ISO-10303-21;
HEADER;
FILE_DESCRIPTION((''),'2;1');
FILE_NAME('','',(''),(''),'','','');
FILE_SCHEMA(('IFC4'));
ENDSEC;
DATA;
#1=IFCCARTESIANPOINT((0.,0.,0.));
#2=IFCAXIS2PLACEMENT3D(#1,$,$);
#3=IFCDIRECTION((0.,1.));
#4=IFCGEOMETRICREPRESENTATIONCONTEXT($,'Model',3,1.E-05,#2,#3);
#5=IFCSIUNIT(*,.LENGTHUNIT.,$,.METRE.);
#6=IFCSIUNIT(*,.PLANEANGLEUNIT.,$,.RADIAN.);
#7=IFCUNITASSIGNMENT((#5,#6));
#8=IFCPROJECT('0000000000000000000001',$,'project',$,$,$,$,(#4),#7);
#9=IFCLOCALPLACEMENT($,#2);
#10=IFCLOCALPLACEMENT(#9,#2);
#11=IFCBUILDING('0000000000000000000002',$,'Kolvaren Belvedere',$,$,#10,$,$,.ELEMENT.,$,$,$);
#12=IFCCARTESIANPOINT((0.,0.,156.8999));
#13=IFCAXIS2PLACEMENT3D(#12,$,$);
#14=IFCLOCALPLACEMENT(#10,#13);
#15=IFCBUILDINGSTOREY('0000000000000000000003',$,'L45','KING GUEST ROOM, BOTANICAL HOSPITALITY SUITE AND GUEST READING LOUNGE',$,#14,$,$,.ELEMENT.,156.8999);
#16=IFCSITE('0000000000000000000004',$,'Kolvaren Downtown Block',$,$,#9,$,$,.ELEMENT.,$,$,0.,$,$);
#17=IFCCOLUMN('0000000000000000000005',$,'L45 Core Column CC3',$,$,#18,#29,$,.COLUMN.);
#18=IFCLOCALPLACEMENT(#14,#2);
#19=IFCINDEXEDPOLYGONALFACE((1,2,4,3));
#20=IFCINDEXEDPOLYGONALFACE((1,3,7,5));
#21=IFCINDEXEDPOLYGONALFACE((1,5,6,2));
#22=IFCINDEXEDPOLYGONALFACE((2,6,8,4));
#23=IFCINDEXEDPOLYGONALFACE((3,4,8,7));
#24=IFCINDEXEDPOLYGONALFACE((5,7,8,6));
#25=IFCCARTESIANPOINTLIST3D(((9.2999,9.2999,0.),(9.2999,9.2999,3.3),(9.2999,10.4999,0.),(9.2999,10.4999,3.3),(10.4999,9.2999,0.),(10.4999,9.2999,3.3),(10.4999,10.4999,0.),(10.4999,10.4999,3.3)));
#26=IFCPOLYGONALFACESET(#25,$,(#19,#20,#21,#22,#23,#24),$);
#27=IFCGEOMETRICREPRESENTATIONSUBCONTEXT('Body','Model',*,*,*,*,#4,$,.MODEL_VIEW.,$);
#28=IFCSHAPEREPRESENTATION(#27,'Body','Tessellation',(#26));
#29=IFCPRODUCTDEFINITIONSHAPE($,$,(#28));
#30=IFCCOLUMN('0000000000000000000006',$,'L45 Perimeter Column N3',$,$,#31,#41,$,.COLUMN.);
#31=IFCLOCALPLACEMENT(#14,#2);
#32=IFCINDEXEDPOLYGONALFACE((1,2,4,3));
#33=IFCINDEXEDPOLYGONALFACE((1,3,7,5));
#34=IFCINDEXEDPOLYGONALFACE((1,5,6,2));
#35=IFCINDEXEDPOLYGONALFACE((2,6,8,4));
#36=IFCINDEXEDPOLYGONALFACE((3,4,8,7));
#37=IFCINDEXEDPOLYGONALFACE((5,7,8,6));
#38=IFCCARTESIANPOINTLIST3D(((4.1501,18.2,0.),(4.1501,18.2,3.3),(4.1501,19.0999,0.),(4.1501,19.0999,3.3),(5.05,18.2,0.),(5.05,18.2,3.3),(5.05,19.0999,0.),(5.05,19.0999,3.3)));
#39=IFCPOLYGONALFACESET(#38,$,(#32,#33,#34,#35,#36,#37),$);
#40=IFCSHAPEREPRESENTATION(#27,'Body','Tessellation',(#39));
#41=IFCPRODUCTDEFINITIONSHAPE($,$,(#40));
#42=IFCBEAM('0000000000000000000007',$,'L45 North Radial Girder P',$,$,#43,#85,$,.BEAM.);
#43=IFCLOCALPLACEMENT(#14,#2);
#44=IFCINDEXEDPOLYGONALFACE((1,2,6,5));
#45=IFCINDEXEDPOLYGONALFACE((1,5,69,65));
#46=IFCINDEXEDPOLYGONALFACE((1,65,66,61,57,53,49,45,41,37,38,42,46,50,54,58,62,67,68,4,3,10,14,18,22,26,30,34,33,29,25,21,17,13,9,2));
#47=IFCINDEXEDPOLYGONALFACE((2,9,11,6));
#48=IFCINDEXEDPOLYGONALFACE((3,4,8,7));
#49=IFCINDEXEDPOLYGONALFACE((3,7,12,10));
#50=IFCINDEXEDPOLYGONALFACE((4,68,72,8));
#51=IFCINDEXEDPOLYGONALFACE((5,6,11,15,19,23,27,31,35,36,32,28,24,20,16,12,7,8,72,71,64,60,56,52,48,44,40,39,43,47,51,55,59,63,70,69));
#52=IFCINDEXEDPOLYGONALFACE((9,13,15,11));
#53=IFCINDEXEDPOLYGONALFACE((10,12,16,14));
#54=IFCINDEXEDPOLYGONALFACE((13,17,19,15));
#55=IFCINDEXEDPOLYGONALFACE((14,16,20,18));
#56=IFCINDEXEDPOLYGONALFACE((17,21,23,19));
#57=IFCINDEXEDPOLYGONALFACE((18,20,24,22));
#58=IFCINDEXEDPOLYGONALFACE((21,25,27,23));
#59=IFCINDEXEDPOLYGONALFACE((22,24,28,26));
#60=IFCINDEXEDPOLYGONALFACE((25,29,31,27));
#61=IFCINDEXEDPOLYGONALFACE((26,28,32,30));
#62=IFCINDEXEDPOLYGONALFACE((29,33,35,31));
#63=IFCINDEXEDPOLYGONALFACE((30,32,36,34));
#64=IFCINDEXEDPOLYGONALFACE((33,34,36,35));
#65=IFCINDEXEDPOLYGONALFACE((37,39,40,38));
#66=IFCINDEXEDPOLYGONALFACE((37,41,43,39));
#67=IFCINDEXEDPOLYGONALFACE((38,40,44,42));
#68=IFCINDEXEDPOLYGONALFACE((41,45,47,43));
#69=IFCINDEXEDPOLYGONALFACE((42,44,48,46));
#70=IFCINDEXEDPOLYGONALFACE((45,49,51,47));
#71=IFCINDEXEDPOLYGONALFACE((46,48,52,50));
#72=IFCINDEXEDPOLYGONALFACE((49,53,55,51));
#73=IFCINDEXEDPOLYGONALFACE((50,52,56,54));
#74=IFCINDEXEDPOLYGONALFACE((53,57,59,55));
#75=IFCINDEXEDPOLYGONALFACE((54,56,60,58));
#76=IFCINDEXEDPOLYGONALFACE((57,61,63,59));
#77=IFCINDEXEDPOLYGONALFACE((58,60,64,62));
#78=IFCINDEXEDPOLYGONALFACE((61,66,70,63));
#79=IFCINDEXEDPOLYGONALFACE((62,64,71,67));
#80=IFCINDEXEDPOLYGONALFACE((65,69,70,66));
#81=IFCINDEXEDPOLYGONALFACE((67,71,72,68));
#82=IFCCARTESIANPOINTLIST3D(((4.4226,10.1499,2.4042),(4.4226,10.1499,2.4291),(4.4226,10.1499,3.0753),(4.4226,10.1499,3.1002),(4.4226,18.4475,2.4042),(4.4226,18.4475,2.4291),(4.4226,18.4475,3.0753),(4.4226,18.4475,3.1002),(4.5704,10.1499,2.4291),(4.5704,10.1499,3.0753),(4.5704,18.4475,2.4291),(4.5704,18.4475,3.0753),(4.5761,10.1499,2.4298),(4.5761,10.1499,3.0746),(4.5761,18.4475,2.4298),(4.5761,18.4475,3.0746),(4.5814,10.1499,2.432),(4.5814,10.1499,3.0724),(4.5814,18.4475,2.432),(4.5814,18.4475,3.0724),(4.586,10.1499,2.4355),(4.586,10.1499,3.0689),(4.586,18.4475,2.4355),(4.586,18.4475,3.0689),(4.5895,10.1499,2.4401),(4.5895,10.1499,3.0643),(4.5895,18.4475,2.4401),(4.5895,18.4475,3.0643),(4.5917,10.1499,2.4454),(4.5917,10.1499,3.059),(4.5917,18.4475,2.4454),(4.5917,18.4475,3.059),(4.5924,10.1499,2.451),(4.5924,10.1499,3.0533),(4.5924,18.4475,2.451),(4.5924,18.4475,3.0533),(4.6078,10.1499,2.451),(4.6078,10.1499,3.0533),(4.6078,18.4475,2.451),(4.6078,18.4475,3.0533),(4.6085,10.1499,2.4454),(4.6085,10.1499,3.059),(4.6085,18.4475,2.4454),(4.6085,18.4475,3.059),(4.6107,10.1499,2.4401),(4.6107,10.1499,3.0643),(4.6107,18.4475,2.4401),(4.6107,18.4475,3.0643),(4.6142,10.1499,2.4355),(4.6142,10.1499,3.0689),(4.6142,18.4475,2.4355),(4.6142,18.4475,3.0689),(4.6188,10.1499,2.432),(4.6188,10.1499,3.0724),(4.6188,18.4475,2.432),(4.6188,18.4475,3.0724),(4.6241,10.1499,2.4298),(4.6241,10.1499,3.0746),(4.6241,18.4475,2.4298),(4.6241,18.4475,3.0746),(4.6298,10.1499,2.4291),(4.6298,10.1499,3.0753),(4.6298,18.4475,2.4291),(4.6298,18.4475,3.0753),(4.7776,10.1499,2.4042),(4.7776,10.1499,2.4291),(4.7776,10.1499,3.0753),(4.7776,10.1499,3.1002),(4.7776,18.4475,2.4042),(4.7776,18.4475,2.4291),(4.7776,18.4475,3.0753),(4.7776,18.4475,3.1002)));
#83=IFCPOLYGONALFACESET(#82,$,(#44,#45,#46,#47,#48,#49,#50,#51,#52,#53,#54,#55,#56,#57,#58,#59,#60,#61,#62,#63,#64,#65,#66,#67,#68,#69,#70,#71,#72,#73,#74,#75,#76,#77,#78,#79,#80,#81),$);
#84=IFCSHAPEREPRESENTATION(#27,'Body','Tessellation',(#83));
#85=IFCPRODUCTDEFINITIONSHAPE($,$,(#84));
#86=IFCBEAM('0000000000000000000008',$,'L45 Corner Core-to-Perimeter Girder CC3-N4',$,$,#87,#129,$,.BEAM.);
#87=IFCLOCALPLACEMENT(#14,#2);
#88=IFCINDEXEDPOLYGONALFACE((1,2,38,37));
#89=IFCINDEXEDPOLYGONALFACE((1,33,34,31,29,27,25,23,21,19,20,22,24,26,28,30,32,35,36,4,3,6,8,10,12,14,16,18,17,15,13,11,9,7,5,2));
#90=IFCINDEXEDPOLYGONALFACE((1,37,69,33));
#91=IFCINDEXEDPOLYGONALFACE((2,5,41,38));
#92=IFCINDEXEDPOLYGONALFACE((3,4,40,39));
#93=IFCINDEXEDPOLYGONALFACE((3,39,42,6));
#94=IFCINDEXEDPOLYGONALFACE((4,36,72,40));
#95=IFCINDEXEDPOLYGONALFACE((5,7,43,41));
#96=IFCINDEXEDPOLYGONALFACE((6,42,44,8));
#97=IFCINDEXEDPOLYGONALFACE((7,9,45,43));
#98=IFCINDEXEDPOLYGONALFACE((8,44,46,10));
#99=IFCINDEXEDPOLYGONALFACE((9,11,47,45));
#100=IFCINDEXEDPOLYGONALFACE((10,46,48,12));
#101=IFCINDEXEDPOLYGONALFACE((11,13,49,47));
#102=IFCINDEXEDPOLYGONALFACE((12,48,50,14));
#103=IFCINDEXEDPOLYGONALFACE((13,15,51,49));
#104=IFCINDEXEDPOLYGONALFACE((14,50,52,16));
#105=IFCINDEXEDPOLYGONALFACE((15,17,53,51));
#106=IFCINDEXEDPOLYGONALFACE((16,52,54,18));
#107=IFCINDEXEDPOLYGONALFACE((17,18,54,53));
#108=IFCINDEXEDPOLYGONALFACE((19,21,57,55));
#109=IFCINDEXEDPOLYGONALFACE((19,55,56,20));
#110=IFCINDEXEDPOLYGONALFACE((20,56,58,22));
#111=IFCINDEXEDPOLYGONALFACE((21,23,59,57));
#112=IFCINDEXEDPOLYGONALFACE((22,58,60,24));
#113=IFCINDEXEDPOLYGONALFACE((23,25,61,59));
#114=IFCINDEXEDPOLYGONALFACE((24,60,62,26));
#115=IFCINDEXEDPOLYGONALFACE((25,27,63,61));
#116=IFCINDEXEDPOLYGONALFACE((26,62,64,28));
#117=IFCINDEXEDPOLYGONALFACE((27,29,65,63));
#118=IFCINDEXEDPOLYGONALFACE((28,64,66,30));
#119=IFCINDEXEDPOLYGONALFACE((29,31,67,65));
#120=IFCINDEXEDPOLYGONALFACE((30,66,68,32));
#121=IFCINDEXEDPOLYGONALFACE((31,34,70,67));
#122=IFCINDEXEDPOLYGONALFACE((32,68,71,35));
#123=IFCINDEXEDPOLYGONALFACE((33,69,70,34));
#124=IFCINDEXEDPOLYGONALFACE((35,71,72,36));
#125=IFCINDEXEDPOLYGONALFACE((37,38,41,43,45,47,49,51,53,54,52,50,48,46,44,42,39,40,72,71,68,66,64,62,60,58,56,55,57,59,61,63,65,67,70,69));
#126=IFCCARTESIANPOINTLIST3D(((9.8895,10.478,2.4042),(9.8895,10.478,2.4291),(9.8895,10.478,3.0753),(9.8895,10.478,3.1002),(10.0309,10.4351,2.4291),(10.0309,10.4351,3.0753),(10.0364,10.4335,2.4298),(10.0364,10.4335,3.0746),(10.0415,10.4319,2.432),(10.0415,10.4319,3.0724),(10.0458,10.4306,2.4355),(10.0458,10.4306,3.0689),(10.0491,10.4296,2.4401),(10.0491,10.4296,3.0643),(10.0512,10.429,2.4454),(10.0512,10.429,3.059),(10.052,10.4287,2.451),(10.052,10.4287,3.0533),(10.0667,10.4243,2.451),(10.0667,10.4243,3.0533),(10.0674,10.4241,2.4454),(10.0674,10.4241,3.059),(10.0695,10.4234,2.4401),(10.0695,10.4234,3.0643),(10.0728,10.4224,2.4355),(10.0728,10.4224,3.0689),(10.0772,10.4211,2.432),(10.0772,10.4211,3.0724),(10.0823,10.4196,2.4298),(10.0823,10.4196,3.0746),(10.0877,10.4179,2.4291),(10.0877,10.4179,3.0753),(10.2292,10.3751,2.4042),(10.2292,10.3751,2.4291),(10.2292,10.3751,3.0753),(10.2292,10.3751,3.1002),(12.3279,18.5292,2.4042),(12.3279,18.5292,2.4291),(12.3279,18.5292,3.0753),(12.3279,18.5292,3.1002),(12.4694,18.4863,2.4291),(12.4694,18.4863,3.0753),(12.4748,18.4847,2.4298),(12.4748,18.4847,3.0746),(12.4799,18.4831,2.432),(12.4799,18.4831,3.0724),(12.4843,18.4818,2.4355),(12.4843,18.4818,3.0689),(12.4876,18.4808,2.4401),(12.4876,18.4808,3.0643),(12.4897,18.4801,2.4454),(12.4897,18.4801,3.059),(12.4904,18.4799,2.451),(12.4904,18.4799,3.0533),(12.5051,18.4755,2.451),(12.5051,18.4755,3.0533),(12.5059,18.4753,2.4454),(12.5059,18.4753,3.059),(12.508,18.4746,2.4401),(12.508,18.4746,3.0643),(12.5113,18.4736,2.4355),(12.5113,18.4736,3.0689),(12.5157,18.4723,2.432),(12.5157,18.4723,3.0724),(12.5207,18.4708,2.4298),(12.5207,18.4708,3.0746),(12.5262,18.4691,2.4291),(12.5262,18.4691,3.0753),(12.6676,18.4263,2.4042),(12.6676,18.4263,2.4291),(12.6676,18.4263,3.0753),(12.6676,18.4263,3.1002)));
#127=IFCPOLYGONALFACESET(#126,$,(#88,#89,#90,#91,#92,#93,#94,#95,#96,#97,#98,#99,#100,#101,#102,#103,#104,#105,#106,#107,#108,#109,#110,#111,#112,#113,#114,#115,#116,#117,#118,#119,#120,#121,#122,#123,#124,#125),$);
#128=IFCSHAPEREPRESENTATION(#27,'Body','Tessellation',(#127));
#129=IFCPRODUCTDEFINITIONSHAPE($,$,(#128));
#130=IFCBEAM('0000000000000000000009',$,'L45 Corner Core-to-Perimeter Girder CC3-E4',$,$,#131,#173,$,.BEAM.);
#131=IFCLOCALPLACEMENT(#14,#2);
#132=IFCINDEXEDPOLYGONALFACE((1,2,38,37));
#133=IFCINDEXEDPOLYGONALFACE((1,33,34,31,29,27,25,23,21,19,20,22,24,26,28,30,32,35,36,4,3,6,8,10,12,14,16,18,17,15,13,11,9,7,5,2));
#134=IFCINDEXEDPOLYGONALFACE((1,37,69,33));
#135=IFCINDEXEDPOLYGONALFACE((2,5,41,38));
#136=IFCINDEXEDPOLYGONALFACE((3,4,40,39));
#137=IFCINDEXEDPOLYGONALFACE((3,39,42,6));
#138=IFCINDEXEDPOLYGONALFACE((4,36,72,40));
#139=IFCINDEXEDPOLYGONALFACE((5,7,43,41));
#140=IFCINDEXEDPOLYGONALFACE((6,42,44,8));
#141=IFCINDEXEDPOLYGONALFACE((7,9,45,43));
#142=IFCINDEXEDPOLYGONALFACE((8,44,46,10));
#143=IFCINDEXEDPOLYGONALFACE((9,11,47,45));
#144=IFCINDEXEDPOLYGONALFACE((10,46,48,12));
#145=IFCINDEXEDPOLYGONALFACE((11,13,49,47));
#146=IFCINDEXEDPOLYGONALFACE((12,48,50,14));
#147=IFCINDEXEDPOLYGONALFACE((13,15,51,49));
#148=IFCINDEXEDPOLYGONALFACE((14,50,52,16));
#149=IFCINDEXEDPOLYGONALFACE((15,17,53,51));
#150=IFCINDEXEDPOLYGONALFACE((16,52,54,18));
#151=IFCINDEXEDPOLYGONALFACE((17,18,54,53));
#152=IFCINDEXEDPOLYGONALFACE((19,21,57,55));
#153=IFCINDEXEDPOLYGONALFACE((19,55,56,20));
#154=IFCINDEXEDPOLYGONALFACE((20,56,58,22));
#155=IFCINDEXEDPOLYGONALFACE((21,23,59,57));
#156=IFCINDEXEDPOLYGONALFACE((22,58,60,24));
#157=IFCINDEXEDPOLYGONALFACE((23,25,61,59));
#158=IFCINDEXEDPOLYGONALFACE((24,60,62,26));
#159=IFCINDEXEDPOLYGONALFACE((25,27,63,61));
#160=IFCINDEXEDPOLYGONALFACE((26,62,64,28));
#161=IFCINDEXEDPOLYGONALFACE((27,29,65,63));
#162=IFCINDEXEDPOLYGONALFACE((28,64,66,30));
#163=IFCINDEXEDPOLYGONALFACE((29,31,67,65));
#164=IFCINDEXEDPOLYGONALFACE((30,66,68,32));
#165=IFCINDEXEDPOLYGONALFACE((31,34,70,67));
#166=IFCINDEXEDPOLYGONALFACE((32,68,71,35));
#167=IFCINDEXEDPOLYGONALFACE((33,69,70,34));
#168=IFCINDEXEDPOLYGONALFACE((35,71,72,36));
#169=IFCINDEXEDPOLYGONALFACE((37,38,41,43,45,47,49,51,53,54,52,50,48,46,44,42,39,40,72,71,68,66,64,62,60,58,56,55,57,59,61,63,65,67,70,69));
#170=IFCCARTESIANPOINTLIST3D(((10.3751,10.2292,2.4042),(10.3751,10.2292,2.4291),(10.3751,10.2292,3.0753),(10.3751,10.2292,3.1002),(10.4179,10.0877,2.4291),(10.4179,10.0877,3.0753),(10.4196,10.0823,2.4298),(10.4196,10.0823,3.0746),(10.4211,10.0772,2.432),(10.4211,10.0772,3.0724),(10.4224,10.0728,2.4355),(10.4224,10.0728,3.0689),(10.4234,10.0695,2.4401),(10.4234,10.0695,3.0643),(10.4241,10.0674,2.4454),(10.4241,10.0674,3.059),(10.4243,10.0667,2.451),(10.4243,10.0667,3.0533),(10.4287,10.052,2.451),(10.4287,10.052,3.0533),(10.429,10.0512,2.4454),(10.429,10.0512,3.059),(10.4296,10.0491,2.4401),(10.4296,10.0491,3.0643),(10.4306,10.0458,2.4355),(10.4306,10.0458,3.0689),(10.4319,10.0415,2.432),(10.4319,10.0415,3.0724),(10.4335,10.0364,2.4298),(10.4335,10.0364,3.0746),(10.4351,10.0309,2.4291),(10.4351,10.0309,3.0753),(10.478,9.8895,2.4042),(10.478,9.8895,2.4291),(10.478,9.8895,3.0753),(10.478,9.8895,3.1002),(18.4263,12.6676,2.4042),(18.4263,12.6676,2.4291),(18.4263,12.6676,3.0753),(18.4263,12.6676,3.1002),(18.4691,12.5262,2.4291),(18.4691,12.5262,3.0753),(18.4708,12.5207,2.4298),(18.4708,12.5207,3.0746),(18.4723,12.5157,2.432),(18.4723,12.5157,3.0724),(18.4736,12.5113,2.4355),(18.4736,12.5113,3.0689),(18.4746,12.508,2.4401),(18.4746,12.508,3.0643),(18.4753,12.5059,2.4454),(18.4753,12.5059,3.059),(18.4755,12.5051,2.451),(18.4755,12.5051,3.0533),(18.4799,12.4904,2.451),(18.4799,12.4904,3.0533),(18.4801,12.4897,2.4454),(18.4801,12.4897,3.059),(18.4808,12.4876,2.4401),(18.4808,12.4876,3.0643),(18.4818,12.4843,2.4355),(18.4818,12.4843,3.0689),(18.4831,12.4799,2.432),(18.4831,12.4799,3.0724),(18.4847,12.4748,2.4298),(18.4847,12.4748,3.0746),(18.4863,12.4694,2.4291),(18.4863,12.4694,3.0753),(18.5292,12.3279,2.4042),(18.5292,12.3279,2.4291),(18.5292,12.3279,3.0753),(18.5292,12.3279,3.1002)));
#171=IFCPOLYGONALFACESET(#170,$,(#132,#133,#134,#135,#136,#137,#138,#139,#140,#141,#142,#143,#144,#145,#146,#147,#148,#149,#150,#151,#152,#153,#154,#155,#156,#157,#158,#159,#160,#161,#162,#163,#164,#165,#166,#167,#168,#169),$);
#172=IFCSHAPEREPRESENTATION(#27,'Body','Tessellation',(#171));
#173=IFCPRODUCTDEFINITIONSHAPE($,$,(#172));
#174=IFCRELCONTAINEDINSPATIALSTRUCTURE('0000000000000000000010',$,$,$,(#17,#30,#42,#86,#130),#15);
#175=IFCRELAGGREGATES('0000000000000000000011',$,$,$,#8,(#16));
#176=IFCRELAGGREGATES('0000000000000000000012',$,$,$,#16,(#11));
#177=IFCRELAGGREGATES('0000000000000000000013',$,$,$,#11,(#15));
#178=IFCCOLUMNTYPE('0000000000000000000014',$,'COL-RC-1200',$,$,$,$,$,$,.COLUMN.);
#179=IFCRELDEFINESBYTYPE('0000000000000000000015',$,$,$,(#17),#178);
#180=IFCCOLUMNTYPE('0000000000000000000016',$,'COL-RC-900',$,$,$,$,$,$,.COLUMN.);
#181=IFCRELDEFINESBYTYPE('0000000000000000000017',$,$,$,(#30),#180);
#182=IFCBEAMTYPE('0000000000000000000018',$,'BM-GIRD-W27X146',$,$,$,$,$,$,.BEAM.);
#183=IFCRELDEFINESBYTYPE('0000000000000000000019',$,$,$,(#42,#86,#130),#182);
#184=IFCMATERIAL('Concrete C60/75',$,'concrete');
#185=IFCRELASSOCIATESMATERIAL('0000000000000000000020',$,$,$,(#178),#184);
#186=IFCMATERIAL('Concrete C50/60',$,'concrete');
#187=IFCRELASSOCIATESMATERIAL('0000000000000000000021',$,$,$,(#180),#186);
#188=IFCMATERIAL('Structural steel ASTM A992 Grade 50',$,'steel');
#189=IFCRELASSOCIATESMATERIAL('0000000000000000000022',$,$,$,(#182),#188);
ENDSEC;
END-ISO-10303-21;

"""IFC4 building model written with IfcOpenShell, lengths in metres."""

from ifc_helpers import new_model, si_unit, direction, frame, origin, origin_2d, place, context, subcontext, project, spatial, rectangle, i_section, extrude, material, material_profile, profile_set, type_object, element, save


model = new_model("IFC4")

# Units and contexts
model_context = context("Model", 3, precision=1e-05, world=origin(), true_north=direction((0.0, 1.0)))
body_context = subcontext(model_context, "Body", "Model", "MODEL_VIEW")
ifc_project = project(units=[si_unit("LENGTHUNIT", "METRE"), si_unit("PLANEANGLEUNIT", "RADIAN")], contexts=[model_context])

# Site, building, storey
site_placement = place(None, origin())
site = spatial("IfcSite", under=ifc_project, at=site_placement, Name="Kolvaren Downtown Block", CompositionType="ELEMENT", RefElevation=0.0)
building_placement = place(site_placement, origin())
building = spatial("IfcBuilding", under=site, at=building_placement, Name="Kolvaren Belvedere", CompositionType="ELEMENT")
storey_placement = place(building_placement, frame((0.0, 0.0, 156.8999)))
storey = spatial("IfcBuildingStorey", under=building, at=storey_placement, Name="L45", Description="KING GUEST ROOM, BOTANICAL HOSPITALITY SUITE AND GUEST READING LOUNGE", CompositionType="ELEMENT", Elevation=156.8999)

# Columns
ifc_material_1 = material(Name="Concrete C60/75", Category="concrete")
ifc_material_profile_1 = material_profile(ifc_material_1, rectangle(XDim=1.2, YDim=1.2, at=origin_2d()), Name="RC 1200X1200")
ifc_profile_set_1 = profile_set([ifc_material_profile_1], Name="Concrete C60/75")
column_type_1 = type_object("IfcColumnType", Name="COL-RC-1200", PredefinedType="COLUMN", material=ifc_profile_set_1)
column_1_placement = place(storey_placement, frame((9.8999, 9.8999, 0.0), z_axis=(0.0, 0.0, 1.0), x_axis=(1.0, 0.0, 0.0)))
element("IfcColumn", 1, at=column_1_placement, inside=storey, type_object=column_type_1, Name="L45 Core Column CC3", PredefinedType="COLUMN", context=body_context, shape_type="SweptSolid", body=[
    extrude(rectangle(XDim=1.2, YDim=1.2, at=origin_2d()), origin(), (0.0, 0.0, 1.0), 3.3),
])
ifc_material_2 = material(Name="Concrete C50/60", Category="concrete")
ifc_material_profile_2 = material_profile(ifc_material_2, rectangle(XDim=0.8999, YDim=0.8999, at=origin_2d()), Name="RC 900X900")
ifc_profile_set_2 = profile_set([ifc_material_profile_2], Name="Concrete C50/60")
column_type_2 = type_object("IfcColumnType", Name="COL-RC-900", PredefinedType="COLUMN", material=ifc_profile_set_2)
column_2_placement = place(storey_placement, frame((4.6001, 18.6499, 0.0), z_axis=(0.0, 0.0, 1.0), x_axis=(1.0, 0.0, 0.0)))
element("IfcColumn", 2, at=column_2_placement, inside=storey, type_object=column_type_2, Name="L45 Perimeter Column N3", PredefinedType="COLUMN", context=body_context, shape_type="SweptSolid", body=[
    extrude(rectangle(XDim=0.8999, YDim=0.8999, at=origin_2d()), origin(), (0.0, 0.0, 1.0), 3.3),
])

# Beams
ifc_material_3 = material(Name="Structural steel ASTM A992 Grade 50", Category="steel")
ifc_material_profile_3 = material_profile(ifc_material_3, i_section(OverallWidth=0.355, OverallDepth=0.696, WebThickness=0.0154, FlangeThickness=0.0249, FilletRadius=0.022, at=origin_2d()), Name="W27X146")
ifc_profile_set_3 = profile_set([ifc_material_profile_3], Name="Structural steel ASTM A992 Grade 50")
beam_type_1 = type_object("IfcBeamType", Name="BM-GIRD-W27X146", PredefinedType="BEAM", material=ifc_profile_set_3)
beam_1_placement = place(storey_placement, frame((4.6001, 10.1499, 2.7522), z_axis=(0.0, 1.0, 0.0), x_axis=(-1.0, 0.0, 0.0)))
element("IfcBeam", 3, at=beam_1_placement, inside=storey, type_object=beam_type_1, Name="L45 North Radial Girder P", PredefinedType="BEAM", context=body_context, shape_type="SweptSolid", body=[
    extrude(i_section(OverallWidth=0.355, OverallDepth=0.696, WebThickness=0.0154, FlangeThickness=0.0249, FilletRadius=0.022, at=origin_2d()), origin(), (0.0, 0.0, 1.0), 8.2976),
])
for number, where, z_axis, x_axis, name in (
    (4, (10.0593, 10.4265, 2.7522), (0.289866, 0.957067, 0.0), (-0.957067, 0.289866, 0.0), "L45 Corner Core-to-Perimeter Girder CC3-N4"),
    (5, (10.4265, 10.0593, 2.7522), (0.957067, 0.289866, 0.0), (-0.289866, 0.957067, 0.0), "L45 Corner Core-to-Perimeter Girder CC3-E4"),
):
    element("IfcBeam", number, at=place(storey_placement, frame(where, z_axis=z_axis, x_axis=x_axis)), inside=storey, type_object=beam_type_1, Name=name, PredefinedType="BEAM", context=body_context, shape_type="SweptSolid", body=[
        extrude(i_section(OverallWidth=0.355, OverallDepth=0.696, WebThickness=0.0154, FlangeThickness=0.0249, FilletRadius=0.022, at=origin_2d()), origin(), (0.0, 0.0, 1.0), 8.4124),
    ])

save(model, "model.ifc")
